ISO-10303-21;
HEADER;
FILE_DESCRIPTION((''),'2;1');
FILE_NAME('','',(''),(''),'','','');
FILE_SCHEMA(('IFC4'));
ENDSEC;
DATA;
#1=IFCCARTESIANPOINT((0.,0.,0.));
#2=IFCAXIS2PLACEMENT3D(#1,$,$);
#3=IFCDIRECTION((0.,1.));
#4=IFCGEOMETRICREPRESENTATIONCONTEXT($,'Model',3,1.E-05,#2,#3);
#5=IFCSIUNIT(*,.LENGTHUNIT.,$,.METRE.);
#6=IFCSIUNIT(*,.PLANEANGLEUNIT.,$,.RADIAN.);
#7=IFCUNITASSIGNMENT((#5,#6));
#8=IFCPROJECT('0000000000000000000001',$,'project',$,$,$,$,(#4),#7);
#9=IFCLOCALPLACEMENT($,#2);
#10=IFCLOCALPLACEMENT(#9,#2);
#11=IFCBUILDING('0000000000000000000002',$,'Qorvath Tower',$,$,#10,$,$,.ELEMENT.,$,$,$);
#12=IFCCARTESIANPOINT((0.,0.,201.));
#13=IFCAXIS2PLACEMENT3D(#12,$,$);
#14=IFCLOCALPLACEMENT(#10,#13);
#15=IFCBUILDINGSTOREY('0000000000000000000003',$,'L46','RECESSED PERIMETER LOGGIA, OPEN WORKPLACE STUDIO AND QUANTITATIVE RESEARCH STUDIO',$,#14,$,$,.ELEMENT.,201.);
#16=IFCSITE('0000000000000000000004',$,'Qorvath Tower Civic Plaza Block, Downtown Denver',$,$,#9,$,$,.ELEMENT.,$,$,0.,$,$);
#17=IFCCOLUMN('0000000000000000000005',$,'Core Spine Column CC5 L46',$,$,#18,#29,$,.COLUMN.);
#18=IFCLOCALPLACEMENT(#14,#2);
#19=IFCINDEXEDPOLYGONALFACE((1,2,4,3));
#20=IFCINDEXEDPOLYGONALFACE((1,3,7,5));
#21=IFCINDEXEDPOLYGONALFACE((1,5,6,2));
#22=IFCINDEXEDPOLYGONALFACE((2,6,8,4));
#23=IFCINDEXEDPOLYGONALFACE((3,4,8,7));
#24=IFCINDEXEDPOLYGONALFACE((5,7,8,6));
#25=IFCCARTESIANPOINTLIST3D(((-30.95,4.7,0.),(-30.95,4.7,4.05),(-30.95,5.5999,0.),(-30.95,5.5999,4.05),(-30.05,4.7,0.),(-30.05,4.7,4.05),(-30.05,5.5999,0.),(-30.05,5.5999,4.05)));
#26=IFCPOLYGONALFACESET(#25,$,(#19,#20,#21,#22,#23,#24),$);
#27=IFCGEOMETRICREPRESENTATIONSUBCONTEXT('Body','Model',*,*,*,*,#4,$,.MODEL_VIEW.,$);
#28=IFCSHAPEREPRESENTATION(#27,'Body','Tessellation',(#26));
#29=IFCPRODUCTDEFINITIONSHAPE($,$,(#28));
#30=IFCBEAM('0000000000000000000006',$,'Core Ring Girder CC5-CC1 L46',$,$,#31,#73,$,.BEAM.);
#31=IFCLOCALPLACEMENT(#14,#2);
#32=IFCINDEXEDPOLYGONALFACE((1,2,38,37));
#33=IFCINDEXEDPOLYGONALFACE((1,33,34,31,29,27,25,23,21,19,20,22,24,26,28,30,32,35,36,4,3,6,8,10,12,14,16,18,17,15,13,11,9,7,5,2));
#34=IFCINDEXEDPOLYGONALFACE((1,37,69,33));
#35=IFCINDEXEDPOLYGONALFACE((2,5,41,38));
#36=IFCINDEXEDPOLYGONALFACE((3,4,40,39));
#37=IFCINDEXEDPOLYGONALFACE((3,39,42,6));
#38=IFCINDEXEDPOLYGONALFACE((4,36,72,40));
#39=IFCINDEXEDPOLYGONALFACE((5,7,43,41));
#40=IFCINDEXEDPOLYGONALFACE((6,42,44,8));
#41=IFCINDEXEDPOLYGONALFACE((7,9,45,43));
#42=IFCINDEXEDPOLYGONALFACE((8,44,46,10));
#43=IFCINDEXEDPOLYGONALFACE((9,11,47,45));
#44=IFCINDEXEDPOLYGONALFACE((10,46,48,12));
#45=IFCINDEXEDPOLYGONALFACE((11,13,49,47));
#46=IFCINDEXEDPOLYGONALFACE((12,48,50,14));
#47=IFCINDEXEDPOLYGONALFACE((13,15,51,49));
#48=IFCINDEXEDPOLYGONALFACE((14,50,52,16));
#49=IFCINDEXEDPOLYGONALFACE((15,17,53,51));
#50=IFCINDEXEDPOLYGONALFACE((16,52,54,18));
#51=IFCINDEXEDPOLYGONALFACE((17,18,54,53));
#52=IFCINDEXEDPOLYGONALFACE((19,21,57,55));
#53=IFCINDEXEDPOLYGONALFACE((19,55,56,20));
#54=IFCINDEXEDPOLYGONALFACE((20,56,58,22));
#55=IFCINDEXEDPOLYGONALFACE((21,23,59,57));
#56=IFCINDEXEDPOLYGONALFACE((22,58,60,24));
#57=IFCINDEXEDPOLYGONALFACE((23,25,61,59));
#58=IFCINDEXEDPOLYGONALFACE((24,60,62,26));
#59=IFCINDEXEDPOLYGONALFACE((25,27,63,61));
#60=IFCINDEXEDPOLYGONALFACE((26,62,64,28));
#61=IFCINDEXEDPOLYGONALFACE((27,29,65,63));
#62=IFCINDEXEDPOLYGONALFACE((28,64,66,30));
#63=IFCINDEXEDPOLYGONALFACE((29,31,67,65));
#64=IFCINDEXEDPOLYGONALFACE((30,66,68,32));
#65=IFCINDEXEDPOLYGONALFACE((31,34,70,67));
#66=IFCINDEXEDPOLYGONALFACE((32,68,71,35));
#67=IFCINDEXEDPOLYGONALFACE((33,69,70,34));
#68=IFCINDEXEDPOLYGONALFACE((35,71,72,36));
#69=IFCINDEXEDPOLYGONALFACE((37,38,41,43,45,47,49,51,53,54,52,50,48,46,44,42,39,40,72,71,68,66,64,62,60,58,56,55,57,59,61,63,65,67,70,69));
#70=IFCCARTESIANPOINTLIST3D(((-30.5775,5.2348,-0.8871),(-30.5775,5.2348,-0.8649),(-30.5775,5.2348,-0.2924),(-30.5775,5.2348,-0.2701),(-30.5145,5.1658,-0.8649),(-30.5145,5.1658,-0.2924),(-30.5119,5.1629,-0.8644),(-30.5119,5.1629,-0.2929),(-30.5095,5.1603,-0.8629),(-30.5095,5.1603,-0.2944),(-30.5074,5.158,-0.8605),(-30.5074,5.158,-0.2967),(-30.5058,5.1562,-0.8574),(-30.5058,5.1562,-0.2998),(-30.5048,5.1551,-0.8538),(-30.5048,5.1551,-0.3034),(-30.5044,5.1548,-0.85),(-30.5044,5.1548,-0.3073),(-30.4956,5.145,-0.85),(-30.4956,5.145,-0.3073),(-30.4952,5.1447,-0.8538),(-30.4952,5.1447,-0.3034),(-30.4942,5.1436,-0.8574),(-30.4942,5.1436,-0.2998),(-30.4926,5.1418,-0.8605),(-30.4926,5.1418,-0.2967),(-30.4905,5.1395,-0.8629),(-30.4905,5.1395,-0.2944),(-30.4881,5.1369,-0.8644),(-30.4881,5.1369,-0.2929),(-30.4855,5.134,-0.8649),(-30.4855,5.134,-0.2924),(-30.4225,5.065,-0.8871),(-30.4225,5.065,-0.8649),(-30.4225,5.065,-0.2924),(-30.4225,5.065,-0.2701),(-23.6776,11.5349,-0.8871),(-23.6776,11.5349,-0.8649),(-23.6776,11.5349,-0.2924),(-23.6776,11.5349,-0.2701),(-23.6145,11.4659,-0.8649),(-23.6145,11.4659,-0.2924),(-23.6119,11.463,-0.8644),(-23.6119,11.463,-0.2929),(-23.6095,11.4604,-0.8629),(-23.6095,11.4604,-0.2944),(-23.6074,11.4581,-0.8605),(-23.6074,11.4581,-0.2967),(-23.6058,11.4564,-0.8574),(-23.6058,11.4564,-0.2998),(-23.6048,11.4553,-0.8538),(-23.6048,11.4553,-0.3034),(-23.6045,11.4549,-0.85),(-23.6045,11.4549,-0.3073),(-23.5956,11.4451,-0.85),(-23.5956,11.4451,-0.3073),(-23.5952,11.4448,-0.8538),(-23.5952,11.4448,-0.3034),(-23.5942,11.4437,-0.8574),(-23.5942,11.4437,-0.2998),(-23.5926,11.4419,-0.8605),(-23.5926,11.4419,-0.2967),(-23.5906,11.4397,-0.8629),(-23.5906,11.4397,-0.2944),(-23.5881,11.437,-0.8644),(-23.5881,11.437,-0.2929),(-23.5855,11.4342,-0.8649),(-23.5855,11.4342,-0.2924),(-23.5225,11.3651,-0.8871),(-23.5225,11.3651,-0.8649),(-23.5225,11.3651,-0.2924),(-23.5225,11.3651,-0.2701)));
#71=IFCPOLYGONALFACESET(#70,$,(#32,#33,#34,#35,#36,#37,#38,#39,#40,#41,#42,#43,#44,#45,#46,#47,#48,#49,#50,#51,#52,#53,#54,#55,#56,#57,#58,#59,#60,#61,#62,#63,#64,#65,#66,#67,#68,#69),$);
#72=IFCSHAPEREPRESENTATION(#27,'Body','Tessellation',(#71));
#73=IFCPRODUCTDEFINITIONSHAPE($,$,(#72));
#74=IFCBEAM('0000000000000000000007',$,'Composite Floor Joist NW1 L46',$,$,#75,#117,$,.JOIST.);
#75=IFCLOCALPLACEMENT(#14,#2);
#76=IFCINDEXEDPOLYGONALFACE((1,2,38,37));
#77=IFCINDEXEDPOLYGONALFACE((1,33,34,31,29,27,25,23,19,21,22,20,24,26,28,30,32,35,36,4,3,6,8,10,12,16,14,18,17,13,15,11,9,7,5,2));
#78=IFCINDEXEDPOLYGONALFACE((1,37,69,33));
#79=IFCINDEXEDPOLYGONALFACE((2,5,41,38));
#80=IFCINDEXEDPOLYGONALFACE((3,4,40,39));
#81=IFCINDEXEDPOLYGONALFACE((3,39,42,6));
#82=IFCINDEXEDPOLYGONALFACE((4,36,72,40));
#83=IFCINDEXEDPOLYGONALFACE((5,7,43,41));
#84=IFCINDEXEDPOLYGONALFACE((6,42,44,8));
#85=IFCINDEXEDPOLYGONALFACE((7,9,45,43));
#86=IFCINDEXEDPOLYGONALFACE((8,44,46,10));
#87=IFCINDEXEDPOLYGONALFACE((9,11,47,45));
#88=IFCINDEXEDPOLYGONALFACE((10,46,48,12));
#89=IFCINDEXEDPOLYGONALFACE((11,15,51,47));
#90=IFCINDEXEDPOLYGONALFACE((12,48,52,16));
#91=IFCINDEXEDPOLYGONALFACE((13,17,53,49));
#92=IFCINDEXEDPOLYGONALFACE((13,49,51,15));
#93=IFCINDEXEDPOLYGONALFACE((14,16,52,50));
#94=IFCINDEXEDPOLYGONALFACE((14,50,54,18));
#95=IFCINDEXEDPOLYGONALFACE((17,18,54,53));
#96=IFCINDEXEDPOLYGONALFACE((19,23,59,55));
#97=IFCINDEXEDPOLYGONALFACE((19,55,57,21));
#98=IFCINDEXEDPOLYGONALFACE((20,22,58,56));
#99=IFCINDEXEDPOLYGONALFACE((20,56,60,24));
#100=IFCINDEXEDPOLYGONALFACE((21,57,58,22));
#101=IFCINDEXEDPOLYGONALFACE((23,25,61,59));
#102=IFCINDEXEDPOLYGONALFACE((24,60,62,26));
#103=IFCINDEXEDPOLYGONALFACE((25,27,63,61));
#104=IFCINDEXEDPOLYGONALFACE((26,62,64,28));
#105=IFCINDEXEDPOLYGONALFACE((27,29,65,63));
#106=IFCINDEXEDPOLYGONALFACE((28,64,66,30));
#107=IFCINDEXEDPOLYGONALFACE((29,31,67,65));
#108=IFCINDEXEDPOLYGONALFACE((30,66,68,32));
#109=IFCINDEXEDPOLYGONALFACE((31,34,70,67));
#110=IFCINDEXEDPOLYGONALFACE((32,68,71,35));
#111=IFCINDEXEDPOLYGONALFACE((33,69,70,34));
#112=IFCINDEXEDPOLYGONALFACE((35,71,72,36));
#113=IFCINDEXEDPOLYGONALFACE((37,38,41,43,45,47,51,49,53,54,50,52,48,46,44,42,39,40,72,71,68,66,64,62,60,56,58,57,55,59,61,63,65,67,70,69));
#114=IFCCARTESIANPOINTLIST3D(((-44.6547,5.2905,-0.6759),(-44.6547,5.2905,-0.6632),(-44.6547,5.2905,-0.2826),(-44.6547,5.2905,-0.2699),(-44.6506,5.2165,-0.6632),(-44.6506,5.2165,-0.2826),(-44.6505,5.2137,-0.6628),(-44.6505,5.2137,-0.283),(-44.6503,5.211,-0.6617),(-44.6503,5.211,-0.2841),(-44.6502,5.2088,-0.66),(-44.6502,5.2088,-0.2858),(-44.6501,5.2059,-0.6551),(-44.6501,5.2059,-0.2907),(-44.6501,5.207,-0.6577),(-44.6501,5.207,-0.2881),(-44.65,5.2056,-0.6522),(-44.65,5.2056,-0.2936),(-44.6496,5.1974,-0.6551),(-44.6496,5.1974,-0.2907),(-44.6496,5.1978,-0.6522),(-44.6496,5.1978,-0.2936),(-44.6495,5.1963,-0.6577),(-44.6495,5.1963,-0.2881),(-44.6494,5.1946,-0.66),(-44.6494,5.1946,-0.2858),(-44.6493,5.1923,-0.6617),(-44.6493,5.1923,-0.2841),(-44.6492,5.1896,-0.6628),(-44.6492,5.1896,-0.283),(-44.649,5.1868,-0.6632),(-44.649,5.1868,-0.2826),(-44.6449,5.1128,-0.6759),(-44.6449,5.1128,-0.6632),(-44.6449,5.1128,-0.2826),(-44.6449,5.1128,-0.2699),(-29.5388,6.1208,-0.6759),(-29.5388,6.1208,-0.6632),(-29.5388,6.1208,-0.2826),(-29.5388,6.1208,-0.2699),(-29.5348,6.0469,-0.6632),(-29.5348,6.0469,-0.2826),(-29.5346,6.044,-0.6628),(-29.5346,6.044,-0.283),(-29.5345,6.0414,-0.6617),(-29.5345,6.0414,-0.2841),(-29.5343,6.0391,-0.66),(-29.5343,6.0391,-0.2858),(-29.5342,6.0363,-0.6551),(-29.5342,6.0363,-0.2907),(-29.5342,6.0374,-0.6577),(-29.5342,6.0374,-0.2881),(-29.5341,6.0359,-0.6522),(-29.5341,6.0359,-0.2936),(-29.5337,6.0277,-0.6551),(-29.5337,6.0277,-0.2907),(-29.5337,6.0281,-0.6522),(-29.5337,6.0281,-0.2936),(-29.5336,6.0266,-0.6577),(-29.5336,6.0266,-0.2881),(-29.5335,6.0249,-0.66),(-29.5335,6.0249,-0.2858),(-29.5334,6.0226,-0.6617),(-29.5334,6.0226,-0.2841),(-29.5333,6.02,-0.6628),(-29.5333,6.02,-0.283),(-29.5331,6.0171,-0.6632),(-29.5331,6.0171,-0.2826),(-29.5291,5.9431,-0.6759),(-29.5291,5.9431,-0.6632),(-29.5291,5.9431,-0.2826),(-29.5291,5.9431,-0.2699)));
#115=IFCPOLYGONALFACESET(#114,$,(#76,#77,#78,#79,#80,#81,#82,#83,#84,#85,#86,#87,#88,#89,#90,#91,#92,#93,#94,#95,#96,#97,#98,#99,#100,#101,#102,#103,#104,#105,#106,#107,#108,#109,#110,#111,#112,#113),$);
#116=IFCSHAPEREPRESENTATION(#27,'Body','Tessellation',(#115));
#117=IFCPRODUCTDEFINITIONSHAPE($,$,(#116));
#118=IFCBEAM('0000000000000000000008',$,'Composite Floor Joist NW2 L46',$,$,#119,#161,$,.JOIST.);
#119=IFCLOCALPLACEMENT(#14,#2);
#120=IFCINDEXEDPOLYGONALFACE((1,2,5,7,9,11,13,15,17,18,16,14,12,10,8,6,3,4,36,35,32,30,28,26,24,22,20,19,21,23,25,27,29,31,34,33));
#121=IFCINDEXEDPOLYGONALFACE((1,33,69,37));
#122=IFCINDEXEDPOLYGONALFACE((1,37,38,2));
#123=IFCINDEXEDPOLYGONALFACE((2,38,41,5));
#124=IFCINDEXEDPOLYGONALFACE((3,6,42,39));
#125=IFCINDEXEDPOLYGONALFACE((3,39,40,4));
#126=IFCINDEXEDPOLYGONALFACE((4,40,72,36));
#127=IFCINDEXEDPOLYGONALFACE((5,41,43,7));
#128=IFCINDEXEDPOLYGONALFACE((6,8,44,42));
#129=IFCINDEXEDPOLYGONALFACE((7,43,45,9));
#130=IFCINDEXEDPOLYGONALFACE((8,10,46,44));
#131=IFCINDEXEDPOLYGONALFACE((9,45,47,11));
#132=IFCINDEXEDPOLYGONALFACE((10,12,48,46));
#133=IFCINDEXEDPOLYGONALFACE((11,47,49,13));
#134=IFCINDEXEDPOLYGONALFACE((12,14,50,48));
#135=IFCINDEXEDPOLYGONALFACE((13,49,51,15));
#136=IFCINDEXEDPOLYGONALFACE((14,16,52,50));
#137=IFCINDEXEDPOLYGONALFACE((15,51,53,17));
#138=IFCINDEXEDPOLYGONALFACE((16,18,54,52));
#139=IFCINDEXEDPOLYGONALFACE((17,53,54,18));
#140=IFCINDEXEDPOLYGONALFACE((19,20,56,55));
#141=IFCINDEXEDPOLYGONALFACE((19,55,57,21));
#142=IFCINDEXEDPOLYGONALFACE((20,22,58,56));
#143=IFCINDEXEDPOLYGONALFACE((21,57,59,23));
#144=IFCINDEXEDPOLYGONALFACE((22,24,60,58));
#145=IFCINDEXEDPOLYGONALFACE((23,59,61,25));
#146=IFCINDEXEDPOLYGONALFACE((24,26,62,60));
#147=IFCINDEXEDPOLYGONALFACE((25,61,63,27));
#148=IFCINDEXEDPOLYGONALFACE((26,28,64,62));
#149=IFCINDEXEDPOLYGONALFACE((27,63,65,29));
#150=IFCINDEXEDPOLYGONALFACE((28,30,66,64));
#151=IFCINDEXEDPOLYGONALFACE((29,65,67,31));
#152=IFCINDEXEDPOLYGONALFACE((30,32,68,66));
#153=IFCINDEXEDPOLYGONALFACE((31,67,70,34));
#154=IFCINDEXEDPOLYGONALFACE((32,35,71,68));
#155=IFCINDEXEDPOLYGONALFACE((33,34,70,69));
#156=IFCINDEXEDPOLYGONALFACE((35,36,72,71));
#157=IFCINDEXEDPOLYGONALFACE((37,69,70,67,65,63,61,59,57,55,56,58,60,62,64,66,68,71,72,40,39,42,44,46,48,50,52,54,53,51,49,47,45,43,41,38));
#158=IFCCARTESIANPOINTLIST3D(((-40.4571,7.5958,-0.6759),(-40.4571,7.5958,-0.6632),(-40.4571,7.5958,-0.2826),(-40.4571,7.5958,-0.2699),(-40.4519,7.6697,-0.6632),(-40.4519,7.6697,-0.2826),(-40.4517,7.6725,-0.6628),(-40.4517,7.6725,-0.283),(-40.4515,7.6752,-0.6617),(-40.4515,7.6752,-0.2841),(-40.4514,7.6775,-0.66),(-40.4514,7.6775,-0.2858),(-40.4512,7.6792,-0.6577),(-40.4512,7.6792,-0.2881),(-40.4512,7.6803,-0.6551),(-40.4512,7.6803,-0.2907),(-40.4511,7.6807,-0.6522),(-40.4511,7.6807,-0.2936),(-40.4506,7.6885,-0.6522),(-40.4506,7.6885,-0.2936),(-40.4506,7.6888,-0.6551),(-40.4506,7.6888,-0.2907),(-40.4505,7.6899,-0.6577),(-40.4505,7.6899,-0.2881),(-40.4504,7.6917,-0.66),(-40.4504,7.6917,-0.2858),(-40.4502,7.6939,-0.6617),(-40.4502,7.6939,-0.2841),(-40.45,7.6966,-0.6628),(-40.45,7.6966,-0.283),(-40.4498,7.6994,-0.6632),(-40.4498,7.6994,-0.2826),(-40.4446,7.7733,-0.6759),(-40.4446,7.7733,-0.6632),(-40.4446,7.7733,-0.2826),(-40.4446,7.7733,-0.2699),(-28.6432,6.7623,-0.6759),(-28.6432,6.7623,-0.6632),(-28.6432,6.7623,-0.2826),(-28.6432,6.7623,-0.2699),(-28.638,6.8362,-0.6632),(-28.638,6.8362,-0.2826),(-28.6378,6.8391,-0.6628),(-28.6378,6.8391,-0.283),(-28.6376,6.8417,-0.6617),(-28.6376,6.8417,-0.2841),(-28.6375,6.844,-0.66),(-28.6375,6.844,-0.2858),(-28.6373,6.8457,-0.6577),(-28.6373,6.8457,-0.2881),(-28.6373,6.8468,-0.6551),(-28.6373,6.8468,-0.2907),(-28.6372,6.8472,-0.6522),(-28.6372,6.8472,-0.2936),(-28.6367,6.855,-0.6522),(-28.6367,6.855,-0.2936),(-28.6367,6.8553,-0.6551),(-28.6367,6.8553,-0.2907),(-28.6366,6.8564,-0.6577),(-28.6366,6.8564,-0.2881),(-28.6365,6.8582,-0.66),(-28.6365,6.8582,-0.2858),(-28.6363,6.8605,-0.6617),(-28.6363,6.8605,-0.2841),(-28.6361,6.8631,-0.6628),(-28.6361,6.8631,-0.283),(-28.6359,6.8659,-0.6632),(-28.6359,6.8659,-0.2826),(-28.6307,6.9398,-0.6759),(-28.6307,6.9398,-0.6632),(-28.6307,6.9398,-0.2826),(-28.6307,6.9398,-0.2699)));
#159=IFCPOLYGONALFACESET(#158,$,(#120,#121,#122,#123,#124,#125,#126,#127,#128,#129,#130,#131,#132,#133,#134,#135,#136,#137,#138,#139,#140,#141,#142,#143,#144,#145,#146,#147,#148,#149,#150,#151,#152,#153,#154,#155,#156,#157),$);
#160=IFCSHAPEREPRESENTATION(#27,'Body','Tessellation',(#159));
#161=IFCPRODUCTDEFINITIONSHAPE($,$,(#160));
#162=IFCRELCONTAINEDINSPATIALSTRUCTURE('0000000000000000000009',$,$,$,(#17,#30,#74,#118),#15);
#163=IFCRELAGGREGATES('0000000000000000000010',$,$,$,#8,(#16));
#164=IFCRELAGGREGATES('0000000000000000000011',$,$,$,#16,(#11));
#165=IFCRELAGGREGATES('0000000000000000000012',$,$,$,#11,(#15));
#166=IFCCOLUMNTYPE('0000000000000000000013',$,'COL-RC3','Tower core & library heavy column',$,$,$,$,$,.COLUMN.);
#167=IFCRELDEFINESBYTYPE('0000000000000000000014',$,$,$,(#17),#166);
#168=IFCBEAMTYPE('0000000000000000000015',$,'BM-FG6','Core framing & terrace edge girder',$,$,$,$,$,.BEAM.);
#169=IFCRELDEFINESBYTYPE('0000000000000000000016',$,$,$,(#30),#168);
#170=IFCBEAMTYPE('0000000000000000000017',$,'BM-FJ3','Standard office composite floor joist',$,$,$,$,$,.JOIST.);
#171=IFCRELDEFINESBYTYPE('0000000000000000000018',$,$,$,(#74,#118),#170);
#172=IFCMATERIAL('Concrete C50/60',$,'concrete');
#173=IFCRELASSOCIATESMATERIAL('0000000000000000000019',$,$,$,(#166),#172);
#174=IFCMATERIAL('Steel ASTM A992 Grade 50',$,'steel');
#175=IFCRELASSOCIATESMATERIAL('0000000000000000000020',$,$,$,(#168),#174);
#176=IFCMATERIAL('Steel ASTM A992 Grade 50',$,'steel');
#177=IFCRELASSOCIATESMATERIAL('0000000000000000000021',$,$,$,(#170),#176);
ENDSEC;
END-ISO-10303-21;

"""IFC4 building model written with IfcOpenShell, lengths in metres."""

from ifc_helpers import new_model, si_unit, direction, frame, origin, origin_2d, place, context, subcontext, project, spatial, rectangle, i_section, extrude, material, material_profile, profile_set, type_object, element, save


model = new_model("IFC4")

# Units and contexts
model_context = context("Model", 3, precision=1e-05, world=origin(), true_north=direction((0.0, 1.0)))
body_context = subcontext(model_context, "Body", "Model", "MODEL_VIEW")
ifc_project = project(units=[si_unit("LENGTHUNIT", "METRE"), si_unit("PLANEANGLEUNIT", "RADIAN")], contexts=[model_context])

# Site, building, storey
site_placement = place(None, origin())
site = spatial("IfcSite", under=ifc_project, at=site_placement, Name="Qorvath Tower Civic Plaza Block, Downtown Denver", CompositionType="ELEMENT", RefElevation=0.0)
building_placement = place(site_placement, origin())
building = spatial("IfcBuilding", under=site, at=building_placement, Name="Qorvath Tower", CompositionType="ELEMENT")
storey_placement = place(building_placement, frame((0.0, 0.0, 201.0)))
storey = spatial("IfcBuildingStorey", under=building, at=storey_placement, Name="L46", Description="RECESSED PERIMETER LOGGIA, OPEN WORKPLACE STUDIO AND QUANTITATIVE RESEARCH STUDIO", CompositionType="ELEMENT", Elevation=201.0)

# Column
ifc_material_1 = material(Name="Concrete C50/60", Category="concrete")
ifc_material_profile_1 = material_profile(ifc_material_1, rectangle(XDim=0.8999, YDim=0.8999, at=origin_2d()), Name="RC 900x900")
ifc_profile_set_1 = profile_set([ifc_material_profile_1], Name="Concrete C50/60")
column_type = type_object("IfcColumnType", Name="COL-RC3", Description="Tower core & library heavy column", PredefinedType="COLUMN", material=ifc_profile_set_1)
column_placement = place(storey_placement, frame((-30.5, 5.1499, 0.0), z_axis=(0.0, 0.0, 1.0), x_axis=(1.0, 0.0, 0.0)))
element("IfcColumn", 1, at=column_placement, inside=storey, type_object=column_type, Name="Core Spine Column CC5 L46", PredefinedType="COLUMN", context=body_context, shape_type="SweptSolid", body=[
    extrude(rectangle(XDim=0.8999, YDim=0.8999, at=origin_2d()), origin(), (0.0, 0.0, 1.0), 4.05),
])

# Beams
ifc_material_2 = material(Name="Steel ASTM A992 Grade 50", Category="steel")
ifc_material_profile_2 = material_profile(ifc_material_2, i_section(OverallWidth=0.23, OverallDepth=0.6169, WebThickness=0.0132, FlangeThickness=0.0222, FilletRadius=0.0149, at=origin_2d()), Name="W24x94")
ifc_profile_set_2 = profile_set([ifc_material_profile_2], Name="Steel ASTM A992 Grade 50")
beam_type_1 = type_object("IfcBeamType", Name="BM-FG6", Description="Core framing & terrace edge girder", PredefinedType="BEAM", material=ifc_profile_set_2)
beam_1_placement = place(storey_placement, frame((-30.5, 5.1499, -0.5786), z_axis=(0.738478, 0.674277, 0.0), x_axis=(-0.674277, 0.738478, 0.0)))
element("IfcBeam", 2, at=beam_1_placement, inside=storey, type_object=beam_type_1, Name="Core Ring Girder CC5-CC1 L46", PredefinedType="BEAM", context=body_context, shape_type="SweptSolid", body=[
    extrude(i_section(OverallWidth=0.23, OverallDepth=0.6169, WebThickness=0.0132, FlangeThickness=0.0222, FilletRadius=0.0149, at=origin_2d()), origin(), (0.0, 0.0, 1.0), 9.3435),
])
ifc_material_3 = material(Name="Steel ASTM A992 Grade 50", Category="steel")
ifc_material_profile_3 = material_profile(ifc_material_3, i_section(OverallWidth=0.178, OverallDepth=0.406, WebThickness=0.0078, FlangeThickness=0.0127, FilletRadius=0.011, at=origin_2d()), Name="W16x40")
ifc_profile_set_3 = profile_set([ifc_material_profile_3], Name="Steel ASTM A992 Grade 50")
beam_type_2 = type_object("IfcBeamType", Name="BM-FJ3", Description="Standard office composite floor joist", PredefinedType="JOIST", material=ifc_profile_set_3)
beam_2_placement = place(storey_placement, frame((-29.5339, 6.032, -0.4729), z_axis=(-0.998495, -0.054847, 0.0), x_axis=(0.054847, -0.998495, 0.0)))
element("IfcBeam", 3, at=beam_2_placement, inside=storey, type_object=beam_type_2, Name="Composite Floor Joist NW1 L46", PredefinedType="JOIST", context=body_context, shape_type="SweptSolid", body=[
    extrude(i_section(OverallWidth=0.178, OverallDepth=0.406, WebThickness=0.0078, FlangeThickness=0.0127, FilletRadius=0.011, at=origin_2d()), origin(), (0.0, 0.0, 1.0), 15.1387),
])
beam_3_placement = place(storey_placement, frame((-28.637, 6.8511, -0.4729), z_axis=(-0.99752, 0.070377, 0.0), x_axis=(-0.070377, -0.99752, 0.0)))
element("IfcBeam", 4, at=beam_3_placement, inside=storey, type_object=beam_type_2, Name="Composite Floor Joist NW2 L46", PredefinedType="JOIST", context=body_context, shape_type="SweptSolid", body=[
    extrude(i_section(OverallWidth=0.178, OverallDepth=0.406, WebThickness=0.0078, FlangeThickness=0.0127, FilletRadius=0.011, at=origin_2d()), origin(), (0.0, 0.0, 1.0), 11.8433),
])

save(model, "model.ifc")
